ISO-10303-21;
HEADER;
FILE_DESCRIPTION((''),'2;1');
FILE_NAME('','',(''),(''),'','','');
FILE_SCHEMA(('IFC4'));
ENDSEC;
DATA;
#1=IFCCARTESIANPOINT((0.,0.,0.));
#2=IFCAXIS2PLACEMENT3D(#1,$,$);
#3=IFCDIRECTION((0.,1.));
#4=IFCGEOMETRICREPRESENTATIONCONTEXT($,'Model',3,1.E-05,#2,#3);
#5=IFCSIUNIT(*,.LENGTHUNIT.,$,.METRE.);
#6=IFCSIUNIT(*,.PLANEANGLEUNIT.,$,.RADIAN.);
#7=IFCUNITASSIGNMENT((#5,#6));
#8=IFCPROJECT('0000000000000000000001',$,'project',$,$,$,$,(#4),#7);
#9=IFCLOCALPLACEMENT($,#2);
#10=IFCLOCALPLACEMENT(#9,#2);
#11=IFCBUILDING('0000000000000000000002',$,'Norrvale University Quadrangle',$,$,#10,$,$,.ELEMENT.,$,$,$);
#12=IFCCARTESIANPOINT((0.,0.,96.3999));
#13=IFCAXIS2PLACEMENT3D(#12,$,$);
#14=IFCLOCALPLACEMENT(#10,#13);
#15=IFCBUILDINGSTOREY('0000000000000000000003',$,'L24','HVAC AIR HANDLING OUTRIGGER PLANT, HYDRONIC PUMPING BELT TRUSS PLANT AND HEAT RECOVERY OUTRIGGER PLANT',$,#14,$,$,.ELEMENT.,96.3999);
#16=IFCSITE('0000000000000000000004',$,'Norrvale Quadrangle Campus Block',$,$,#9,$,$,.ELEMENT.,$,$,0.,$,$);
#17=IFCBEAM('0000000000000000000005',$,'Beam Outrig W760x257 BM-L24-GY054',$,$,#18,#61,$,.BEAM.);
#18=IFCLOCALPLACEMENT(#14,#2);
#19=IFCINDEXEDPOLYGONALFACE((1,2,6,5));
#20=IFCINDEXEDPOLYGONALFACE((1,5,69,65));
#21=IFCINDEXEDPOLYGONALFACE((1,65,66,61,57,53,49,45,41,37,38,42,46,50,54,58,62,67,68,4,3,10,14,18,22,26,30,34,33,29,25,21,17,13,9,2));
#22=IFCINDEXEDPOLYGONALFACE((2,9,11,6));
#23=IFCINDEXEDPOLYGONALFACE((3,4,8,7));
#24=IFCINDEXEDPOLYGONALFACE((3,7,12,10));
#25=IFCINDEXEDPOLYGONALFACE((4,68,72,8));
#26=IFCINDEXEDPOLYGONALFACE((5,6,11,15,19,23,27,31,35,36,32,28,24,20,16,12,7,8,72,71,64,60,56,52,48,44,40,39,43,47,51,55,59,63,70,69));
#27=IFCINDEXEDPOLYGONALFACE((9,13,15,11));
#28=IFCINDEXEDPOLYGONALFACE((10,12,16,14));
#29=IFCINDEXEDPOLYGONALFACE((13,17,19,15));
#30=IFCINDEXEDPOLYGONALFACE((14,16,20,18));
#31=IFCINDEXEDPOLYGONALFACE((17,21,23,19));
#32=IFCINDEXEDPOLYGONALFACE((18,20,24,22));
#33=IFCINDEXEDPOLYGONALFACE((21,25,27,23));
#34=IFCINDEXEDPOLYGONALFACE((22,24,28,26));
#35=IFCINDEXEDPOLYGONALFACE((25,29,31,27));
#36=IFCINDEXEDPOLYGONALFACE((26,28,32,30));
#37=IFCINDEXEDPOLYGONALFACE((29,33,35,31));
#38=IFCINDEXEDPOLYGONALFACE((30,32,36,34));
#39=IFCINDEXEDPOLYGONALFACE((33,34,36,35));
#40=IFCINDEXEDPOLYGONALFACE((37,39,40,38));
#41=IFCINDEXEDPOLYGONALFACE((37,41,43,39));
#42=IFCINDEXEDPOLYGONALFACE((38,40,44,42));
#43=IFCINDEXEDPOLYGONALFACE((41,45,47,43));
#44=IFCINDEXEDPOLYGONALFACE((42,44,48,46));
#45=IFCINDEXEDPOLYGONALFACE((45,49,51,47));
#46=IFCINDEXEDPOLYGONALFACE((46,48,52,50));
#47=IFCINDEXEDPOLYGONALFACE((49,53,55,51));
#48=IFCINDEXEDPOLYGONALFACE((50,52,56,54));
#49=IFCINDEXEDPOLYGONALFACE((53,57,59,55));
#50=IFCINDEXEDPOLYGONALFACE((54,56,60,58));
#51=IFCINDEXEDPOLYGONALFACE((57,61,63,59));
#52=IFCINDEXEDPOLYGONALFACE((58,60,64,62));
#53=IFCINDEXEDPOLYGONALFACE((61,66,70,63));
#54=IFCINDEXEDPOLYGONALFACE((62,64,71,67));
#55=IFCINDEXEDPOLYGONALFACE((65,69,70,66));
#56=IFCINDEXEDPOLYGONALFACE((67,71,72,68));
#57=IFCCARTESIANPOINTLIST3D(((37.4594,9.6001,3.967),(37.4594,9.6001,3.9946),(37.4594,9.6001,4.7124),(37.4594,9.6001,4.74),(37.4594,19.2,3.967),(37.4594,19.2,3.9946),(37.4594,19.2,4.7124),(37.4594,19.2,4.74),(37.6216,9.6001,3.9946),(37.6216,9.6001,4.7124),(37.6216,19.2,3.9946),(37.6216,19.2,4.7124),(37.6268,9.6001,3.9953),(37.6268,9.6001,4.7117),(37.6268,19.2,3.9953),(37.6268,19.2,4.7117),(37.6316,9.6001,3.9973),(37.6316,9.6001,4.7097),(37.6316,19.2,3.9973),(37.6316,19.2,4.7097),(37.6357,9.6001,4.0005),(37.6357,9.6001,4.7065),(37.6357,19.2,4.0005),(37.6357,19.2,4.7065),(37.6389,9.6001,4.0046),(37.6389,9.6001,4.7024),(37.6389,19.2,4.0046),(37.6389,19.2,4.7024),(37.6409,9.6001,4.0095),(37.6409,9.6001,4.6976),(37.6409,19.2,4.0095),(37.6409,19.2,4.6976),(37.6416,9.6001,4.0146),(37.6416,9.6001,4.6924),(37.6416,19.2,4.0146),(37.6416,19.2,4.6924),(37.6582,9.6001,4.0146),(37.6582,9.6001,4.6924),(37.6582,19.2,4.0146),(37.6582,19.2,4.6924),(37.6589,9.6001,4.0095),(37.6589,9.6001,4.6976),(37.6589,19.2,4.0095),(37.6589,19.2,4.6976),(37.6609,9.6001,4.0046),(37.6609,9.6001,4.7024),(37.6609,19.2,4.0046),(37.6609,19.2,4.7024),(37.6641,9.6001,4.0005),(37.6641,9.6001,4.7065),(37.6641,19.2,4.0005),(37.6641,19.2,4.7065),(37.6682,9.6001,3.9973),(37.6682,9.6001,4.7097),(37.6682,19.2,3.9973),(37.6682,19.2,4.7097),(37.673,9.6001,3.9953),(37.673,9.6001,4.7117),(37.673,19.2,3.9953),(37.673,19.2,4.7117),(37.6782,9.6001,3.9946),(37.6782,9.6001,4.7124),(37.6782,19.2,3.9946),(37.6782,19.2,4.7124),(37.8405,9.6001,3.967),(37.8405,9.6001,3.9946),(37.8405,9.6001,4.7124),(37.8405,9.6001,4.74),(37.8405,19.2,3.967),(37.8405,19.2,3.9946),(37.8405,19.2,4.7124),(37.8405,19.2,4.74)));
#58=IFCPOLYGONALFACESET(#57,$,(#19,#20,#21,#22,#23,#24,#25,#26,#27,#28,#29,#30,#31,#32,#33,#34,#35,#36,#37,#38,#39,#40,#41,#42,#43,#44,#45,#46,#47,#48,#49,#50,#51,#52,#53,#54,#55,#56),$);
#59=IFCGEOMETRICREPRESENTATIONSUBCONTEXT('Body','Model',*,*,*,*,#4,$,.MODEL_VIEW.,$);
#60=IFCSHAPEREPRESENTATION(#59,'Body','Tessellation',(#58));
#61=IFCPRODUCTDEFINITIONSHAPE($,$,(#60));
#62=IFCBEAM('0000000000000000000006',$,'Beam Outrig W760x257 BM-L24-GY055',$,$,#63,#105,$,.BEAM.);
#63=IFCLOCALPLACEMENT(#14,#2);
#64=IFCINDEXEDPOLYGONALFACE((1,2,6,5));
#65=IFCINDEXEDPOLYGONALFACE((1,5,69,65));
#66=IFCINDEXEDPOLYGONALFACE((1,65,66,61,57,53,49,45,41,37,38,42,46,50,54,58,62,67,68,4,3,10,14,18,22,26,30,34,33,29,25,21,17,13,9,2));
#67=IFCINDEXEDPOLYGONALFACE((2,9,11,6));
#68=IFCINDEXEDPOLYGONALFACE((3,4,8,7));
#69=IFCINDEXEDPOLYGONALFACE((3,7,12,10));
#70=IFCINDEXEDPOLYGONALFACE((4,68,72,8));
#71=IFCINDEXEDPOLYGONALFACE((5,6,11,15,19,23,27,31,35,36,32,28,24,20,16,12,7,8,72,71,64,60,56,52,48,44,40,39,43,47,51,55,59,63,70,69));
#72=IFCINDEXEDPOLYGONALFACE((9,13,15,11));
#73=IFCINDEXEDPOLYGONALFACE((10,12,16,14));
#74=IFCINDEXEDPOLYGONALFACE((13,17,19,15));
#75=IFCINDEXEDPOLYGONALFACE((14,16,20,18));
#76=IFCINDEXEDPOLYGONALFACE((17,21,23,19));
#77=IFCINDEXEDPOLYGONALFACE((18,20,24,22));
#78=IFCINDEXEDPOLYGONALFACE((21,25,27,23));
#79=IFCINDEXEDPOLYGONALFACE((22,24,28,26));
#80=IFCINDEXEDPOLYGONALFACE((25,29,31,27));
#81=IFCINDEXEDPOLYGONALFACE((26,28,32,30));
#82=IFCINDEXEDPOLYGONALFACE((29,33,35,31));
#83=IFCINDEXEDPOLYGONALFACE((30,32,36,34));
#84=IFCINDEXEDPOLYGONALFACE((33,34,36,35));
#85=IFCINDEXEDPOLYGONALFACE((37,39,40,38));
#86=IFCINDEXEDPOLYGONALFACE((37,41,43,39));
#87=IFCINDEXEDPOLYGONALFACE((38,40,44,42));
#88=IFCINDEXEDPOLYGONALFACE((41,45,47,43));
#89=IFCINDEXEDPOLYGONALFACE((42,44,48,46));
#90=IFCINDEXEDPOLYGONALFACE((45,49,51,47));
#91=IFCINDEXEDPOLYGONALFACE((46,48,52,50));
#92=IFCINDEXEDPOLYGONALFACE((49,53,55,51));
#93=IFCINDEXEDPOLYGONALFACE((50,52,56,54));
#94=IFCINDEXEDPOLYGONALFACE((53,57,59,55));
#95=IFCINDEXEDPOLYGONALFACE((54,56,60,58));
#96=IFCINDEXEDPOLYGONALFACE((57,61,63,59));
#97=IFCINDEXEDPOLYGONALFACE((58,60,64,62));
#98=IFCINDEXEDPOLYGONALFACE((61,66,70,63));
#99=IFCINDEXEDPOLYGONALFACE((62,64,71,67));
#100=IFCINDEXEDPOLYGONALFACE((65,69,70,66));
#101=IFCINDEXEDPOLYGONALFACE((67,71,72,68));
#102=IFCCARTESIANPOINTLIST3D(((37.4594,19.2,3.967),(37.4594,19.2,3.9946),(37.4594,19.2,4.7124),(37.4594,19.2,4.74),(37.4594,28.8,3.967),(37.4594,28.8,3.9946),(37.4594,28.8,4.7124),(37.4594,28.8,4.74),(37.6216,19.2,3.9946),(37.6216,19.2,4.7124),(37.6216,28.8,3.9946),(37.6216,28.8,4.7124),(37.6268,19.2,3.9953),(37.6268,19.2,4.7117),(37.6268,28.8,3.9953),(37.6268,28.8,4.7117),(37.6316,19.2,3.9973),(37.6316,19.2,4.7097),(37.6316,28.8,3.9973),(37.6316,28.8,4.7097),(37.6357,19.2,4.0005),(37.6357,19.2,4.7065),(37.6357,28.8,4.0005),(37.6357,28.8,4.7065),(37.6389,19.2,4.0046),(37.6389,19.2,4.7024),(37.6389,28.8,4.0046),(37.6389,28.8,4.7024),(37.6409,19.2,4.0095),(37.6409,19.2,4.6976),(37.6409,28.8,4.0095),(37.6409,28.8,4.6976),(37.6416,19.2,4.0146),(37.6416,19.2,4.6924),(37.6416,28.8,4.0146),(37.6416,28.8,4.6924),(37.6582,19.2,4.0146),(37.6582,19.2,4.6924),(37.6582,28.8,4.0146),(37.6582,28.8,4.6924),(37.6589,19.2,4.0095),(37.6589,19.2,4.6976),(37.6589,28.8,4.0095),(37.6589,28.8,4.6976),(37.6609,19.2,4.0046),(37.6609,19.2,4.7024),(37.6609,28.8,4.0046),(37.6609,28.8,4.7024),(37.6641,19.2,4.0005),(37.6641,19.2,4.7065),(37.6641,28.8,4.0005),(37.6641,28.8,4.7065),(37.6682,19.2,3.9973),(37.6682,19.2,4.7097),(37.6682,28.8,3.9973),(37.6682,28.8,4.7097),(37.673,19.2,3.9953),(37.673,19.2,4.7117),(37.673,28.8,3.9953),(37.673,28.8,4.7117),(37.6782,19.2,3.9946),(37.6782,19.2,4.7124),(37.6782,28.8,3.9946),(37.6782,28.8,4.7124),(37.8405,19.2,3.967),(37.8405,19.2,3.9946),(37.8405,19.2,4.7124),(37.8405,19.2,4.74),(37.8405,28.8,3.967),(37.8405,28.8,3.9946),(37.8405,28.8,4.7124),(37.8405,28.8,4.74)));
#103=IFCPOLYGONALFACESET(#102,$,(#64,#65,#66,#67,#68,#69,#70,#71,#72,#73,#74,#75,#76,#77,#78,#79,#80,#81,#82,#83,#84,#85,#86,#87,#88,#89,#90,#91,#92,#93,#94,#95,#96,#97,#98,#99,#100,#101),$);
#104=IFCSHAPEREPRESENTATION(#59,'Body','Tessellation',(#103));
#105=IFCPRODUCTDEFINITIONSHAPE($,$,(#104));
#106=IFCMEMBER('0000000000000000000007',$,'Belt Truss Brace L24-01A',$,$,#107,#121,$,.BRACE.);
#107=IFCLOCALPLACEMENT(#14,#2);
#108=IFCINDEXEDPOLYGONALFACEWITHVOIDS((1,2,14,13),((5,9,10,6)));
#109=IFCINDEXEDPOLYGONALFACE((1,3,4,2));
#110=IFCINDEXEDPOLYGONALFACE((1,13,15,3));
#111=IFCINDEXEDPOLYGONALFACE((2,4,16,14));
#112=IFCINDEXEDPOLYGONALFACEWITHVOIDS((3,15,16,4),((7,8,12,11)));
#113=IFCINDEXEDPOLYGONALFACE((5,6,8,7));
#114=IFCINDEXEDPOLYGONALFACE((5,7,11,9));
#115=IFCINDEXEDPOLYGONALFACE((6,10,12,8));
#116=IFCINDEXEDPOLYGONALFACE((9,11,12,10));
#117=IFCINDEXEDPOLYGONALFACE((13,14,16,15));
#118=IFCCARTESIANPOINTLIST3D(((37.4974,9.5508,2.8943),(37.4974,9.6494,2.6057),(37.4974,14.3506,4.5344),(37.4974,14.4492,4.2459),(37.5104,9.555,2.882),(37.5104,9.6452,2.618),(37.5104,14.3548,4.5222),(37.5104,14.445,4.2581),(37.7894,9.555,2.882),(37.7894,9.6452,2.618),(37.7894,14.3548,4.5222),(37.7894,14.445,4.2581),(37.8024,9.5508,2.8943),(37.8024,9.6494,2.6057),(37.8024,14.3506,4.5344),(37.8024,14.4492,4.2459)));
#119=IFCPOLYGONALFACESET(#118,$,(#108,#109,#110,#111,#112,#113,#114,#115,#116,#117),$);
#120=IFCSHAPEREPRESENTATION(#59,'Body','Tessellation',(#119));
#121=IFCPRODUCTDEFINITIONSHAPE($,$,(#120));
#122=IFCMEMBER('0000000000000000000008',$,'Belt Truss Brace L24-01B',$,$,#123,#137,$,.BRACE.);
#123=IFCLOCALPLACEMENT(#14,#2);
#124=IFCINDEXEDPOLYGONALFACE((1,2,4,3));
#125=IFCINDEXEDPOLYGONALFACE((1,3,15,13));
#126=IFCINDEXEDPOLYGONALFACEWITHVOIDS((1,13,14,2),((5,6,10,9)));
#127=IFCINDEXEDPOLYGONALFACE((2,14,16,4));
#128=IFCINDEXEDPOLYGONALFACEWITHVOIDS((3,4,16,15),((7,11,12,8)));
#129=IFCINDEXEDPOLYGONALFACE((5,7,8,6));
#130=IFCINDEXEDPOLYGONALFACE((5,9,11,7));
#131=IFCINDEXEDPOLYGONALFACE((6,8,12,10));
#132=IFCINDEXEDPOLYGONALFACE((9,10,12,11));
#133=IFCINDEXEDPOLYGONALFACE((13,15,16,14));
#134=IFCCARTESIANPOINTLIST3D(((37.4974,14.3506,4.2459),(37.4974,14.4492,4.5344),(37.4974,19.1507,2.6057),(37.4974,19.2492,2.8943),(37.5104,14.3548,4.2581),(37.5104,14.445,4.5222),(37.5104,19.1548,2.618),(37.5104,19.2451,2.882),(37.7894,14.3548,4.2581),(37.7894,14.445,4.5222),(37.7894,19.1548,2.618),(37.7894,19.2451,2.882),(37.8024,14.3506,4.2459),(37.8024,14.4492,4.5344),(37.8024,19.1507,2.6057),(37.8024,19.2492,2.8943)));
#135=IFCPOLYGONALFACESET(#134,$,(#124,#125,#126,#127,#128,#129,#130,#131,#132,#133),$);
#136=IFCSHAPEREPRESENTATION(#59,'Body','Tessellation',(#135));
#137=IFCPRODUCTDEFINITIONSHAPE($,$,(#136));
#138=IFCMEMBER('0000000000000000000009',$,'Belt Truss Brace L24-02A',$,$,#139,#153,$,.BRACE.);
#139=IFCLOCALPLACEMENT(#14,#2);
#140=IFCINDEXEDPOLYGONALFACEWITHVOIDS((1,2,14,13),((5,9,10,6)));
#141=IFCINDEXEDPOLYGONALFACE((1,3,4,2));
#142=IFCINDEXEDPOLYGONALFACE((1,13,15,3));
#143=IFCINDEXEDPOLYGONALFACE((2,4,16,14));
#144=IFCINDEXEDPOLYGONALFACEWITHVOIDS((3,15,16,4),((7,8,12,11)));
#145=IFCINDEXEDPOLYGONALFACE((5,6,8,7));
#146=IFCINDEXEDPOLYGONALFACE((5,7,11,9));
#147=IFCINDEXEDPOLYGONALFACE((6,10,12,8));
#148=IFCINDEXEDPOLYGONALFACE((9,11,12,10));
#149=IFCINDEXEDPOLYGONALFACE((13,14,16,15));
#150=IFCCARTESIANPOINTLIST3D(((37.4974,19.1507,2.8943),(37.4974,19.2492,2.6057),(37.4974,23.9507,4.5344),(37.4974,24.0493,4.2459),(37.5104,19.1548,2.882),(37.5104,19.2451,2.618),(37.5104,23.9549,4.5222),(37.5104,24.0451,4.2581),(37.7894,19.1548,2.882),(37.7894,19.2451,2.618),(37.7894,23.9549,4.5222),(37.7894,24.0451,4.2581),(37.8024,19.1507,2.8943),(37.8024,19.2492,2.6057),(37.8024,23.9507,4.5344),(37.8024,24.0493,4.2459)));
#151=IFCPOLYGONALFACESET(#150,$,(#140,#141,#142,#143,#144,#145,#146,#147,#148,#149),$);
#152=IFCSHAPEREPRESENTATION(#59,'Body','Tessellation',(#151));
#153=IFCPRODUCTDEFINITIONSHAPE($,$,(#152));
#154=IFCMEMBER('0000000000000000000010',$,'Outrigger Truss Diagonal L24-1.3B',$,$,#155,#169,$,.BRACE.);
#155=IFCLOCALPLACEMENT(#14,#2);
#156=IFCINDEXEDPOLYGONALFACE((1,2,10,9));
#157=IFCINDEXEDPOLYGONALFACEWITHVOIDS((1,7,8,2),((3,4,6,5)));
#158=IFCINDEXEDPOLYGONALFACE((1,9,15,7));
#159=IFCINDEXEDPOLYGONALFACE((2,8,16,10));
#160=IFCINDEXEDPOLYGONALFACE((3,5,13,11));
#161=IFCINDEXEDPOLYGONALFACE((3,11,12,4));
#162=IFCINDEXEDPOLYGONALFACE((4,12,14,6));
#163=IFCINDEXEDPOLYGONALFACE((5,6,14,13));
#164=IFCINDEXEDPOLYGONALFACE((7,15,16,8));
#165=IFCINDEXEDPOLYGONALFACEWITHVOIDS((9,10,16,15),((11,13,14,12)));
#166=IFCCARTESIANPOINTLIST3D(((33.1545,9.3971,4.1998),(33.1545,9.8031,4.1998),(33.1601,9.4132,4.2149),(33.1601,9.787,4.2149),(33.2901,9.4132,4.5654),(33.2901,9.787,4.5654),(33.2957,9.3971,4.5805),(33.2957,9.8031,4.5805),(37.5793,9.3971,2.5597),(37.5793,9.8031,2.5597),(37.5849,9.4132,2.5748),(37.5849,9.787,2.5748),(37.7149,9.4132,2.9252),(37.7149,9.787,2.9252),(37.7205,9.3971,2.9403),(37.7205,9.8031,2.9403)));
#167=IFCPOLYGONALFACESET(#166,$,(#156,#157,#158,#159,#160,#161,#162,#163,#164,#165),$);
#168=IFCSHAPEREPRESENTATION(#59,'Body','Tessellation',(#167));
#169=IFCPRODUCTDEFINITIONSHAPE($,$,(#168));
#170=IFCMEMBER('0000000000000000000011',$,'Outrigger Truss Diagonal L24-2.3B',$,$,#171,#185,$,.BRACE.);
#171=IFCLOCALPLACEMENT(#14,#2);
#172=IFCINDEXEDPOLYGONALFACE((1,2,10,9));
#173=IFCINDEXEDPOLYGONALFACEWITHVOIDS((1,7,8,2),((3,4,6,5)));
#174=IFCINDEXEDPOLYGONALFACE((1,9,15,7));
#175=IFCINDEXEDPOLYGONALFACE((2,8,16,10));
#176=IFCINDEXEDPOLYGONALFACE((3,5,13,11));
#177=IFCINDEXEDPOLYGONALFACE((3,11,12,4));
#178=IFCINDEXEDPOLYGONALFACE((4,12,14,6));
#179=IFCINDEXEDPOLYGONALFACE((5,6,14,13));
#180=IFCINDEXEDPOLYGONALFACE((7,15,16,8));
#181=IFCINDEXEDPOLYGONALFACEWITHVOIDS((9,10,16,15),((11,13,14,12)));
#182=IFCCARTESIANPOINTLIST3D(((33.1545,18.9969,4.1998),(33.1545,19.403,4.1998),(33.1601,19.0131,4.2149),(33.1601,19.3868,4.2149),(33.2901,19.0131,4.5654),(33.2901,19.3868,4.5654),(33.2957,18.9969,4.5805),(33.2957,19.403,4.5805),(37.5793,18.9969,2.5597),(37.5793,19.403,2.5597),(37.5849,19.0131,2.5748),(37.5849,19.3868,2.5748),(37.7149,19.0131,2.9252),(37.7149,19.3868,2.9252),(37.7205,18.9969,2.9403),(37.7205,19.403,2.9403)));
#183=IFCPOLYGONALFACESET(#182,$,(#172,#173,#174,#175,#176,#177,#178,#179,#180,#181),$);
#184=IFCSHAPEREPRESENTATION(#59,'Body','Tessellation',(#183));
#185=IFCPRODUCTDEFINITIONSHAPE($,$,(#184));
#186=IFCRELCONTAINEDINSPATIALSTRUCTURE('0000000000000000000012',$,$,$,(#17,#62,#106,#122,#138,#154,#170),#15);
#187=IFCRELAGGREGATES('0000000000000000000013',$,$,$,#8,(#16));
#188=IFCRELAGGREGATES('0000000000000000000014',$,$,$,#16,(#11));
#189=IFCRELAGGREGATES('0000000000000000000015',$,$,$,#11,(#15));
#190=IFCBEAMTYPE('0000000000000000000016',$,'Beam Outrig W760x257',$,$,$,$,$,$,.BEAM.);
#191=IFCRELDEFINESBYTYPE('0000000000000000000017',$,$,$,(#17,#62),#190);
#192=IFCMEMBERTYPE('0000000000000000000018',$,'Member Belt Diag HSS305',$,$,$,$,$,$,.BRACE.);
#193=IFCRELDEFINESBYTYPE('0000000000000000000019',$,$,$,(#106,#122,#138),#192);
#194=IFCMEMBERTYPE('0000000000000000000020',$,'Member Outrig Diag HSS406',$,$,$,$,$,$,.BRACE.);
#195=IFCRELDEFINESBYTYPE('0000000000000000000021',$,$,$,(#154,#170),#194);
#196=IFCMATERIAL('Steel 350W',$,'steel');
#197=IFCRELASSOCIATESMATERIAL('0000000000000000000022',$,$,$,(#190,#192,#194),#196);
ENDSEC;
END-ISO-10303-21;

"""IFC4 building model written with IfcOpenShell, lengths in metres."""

from ifc_helpers import new_model, si_unit, direction, frame, origin, origin_2d, place, context, subcontext, project, spatial, hollow_rectangle, i_section, extrude, material, material_profile, profile_set, type_object, element, save


model = new_model("IFC4")

# Units and contexts
model_context = context("Model", 3, precision=1e-05, world=origin(), true_north=direction((0.0, 1.0)))
body_context = subcontext(model_context, "Body", "Model", "MODEL_VIEW")
ifc_project = project(units=[si_unit("LENGTHUNIT", "METRE"), si_unit("PLANEANGLEUNIT", "RADIAN")], contexts=[model_context])

# Site, building, storey
site_placement = place(None, origin())
site = spatial("IfcSite", under=ifc_project, at=site_placement, Name="Norrvale Quadrangle Campus Block", CompositionType="ELEMENT", RefElevation=0.0)
building_placement = place(site_placement, origin())
building = spatial("IfcBuilding", under=site, at=building_placement, Name="Norrvale University Quadrangle", CompositionType="ELEMENT")
storey_placement = place(building_placement, frame((0.0, 0.0, 96.3999)))
storey = spatial("IfcBuildingStorey", under=building, at=storey_placement, Name="L24", Description="HVAC AIR HANDLING OUTRIGGER PLANT, HYDRONIC PUMPING BELT TRUSS PLANT AND HEAT RECOVERY OUTRIGGER PLANT", CompositionType="ELEMENT", Elevation=96.3999)

# Beams
ifc_material_1 = material(Name="Steel 350W", Category="steel")
ifc_material_profile_1 = material_profile(ifc_material_1, i_section(OverallWidth=0.3811, OverallDepth=0.7729, WebThickness=0.0166, FlangeThickness=0.0276, FilletRadius=0.02, at=origin_2d()), Name="Steel 350W")
ifc_profile_set_1 = profile_set([ifc_material_profile_1], Name="Steel 350W")
beam_type_1 = type_object("IfcBeamType", Name="Beam Outrig W760x257", PredefinedType="BEAM", material=ifc_profile_set_1)
beam_1_placement = place(storey_placement, frame((37.6499, 9.6001, 4.3535), z_axis=(0.0, 1.0, 0.0), x_axis=(-1.0, 0.0, 0.0)))
element("IfcBeam", 1, at=beam_1_placement, inside=storey, type_object=beam_type_1, Name="Beam Outrig W760x257 BM-L24-GY054", PredefinedType="BEAM", context=body_context, shape_type="SweptSolid", body=[
    extrude(i_section(OverallWidth=0.3811, OverallDepth=0.7729, WebThickness=0.0166, FlangeThickness=0.0276, FilletRadius=0.02, at=origin_2d()), origin(), (0.0, 0.0, 1.0), 9.5999),
])
beam_2_placement = place(storey_placement, frame((37.6499, 19.2, 4.3535), z_axis=(0.0, 1.0, 0.0), x_axis=(-1.0, 0.0, 0.0)))
element("IfcBeam", 2, at=beam_2_placement, inside=storey, type_object=beam_type_1, Name="Beam Outrig W760x257 BM-L24-GY055", PredefinedType="BEAM", context=body_context, shape_type="SweptSolid", body=[
    extrude(i_section(OverallWidth=0.3811, OverallDepth=0.7729, WebThickness=0.0166, FlangeThickness=0.0276, FilletRadius=0.02, at=origin_2d()), origin(), (0.0, 0.0, 1.0), 9.6001),
])

# Members
ifc_material_profile_2 = material_profile(ifc_material_1, hollow_rectangle(XDim=0.3049, YDim=0.3049, WallThickness=0.0129, at=origin_2d()), Name="Steel 350W")
ifc_profile_set_2 = profile_set([ifc_material_profile_2], Name="Steel 350W")
member_type_1 = type_object("IfcMemberType", Name="Member Belt Diag HSS305", PredefinedType="BRACE", material=ifc_profile_set_2)
member_1_placement = place(storey_placement, frame((37.6499, 9.6001, 2.75), z_axis=(0.0, 0.946279, 0.323352), x_axis=(-1.0, 0.0, 0.0)))
element("IfcMember", 3, at=member_1_placement, inside=storey, type_object=member_type_1, Name="Belt Truss Brace L24-01A", PredefinedType="BRACE", context=body_context, shape_type="SweptSolid", body=[
    extrude(hollow_rectangle(XDim=0.3049, YDim=0.3049, WallThickness=0.0129, at=origin_2d()), origin(), (0.0, 0.0, 1.0), 5.0723),
])
for number, where, z_axis, x_axis, name in (
    (4, (37.6499, 19.2, 2.75), (0.0, -0.946284, 0.323337), (1.0, 0.0, 0.0), "Belt Truss Brace L24-01B"),
    (5, (37.6499, 19.2, 2.75), (0.0, 0.946284, 0.323337), (-1.0, 0.0, 0.0), "Belt Truss Brace L24-02A"),
):
    element("IfcMember", number, at=place(storey_placement, frame(where, z_axis=z_axis, x_axis=x_axis)), inside=storey, type_object=member_type_1, Name=name, PredefinedType="BRACE", context=body_context, shape_type="SweptSolid", body=[
        extrude(hollow_rectangle(XDim=0.3049, YDim=0.3049, WallThickness=0.0129, at=origin_2d()), origin(), (0.0, 0.0, 1.0), 5.0725),
    ])
ifc_material_profile_3 = material_profile(ifc_material_1, hollow_rectangle(XDim=0.406, YDim=0.406, WallThickness=0.0161, at=origin_2d()), Name="Steel 350W")
ifc_profile_set_3 = profile_set([ifc_material_profile_3], Name="Steel 350W")
member_type_2 = type_object("IfcMemberType", Name="Member Outrig Diag HSS406", PredefinedType="BRACE", material=ifc_profile_set_3)
for number, where, z_axis, x_axis, name in (
    (6, (37.6499, 9.6001, 2.75), (-0.937658, 0.0, 0.34756), (0.0, -1.0, 0.0), "Outrigger Truss Diagonal L24-1.3B"),
    (7, (37.6499, 19.2, 2.75), (-0.937658, 0.0, 0.34756), (0.0, -1.0, 0.0), "Outrigger Truss Diagonal L24-2.3B"),
):
    element("IfcMember", number, at=place(storey_placement, frame(where, z_axis=z_axis, x_axis=x_axis)), inside=storey, type_object=member_type_2, Name=name, PredefinedType="BRACE", context=body_context, shape_type="SweptSolid", body=[
        extrude(hollow_rectangle(XDim=0.406, YDim=0.406, WallThickness=0.0161, at=origin_2d()), origin(), (0.0, 0.0, 1.0), 4.719),
    ])

save(model, "model.ifc")
